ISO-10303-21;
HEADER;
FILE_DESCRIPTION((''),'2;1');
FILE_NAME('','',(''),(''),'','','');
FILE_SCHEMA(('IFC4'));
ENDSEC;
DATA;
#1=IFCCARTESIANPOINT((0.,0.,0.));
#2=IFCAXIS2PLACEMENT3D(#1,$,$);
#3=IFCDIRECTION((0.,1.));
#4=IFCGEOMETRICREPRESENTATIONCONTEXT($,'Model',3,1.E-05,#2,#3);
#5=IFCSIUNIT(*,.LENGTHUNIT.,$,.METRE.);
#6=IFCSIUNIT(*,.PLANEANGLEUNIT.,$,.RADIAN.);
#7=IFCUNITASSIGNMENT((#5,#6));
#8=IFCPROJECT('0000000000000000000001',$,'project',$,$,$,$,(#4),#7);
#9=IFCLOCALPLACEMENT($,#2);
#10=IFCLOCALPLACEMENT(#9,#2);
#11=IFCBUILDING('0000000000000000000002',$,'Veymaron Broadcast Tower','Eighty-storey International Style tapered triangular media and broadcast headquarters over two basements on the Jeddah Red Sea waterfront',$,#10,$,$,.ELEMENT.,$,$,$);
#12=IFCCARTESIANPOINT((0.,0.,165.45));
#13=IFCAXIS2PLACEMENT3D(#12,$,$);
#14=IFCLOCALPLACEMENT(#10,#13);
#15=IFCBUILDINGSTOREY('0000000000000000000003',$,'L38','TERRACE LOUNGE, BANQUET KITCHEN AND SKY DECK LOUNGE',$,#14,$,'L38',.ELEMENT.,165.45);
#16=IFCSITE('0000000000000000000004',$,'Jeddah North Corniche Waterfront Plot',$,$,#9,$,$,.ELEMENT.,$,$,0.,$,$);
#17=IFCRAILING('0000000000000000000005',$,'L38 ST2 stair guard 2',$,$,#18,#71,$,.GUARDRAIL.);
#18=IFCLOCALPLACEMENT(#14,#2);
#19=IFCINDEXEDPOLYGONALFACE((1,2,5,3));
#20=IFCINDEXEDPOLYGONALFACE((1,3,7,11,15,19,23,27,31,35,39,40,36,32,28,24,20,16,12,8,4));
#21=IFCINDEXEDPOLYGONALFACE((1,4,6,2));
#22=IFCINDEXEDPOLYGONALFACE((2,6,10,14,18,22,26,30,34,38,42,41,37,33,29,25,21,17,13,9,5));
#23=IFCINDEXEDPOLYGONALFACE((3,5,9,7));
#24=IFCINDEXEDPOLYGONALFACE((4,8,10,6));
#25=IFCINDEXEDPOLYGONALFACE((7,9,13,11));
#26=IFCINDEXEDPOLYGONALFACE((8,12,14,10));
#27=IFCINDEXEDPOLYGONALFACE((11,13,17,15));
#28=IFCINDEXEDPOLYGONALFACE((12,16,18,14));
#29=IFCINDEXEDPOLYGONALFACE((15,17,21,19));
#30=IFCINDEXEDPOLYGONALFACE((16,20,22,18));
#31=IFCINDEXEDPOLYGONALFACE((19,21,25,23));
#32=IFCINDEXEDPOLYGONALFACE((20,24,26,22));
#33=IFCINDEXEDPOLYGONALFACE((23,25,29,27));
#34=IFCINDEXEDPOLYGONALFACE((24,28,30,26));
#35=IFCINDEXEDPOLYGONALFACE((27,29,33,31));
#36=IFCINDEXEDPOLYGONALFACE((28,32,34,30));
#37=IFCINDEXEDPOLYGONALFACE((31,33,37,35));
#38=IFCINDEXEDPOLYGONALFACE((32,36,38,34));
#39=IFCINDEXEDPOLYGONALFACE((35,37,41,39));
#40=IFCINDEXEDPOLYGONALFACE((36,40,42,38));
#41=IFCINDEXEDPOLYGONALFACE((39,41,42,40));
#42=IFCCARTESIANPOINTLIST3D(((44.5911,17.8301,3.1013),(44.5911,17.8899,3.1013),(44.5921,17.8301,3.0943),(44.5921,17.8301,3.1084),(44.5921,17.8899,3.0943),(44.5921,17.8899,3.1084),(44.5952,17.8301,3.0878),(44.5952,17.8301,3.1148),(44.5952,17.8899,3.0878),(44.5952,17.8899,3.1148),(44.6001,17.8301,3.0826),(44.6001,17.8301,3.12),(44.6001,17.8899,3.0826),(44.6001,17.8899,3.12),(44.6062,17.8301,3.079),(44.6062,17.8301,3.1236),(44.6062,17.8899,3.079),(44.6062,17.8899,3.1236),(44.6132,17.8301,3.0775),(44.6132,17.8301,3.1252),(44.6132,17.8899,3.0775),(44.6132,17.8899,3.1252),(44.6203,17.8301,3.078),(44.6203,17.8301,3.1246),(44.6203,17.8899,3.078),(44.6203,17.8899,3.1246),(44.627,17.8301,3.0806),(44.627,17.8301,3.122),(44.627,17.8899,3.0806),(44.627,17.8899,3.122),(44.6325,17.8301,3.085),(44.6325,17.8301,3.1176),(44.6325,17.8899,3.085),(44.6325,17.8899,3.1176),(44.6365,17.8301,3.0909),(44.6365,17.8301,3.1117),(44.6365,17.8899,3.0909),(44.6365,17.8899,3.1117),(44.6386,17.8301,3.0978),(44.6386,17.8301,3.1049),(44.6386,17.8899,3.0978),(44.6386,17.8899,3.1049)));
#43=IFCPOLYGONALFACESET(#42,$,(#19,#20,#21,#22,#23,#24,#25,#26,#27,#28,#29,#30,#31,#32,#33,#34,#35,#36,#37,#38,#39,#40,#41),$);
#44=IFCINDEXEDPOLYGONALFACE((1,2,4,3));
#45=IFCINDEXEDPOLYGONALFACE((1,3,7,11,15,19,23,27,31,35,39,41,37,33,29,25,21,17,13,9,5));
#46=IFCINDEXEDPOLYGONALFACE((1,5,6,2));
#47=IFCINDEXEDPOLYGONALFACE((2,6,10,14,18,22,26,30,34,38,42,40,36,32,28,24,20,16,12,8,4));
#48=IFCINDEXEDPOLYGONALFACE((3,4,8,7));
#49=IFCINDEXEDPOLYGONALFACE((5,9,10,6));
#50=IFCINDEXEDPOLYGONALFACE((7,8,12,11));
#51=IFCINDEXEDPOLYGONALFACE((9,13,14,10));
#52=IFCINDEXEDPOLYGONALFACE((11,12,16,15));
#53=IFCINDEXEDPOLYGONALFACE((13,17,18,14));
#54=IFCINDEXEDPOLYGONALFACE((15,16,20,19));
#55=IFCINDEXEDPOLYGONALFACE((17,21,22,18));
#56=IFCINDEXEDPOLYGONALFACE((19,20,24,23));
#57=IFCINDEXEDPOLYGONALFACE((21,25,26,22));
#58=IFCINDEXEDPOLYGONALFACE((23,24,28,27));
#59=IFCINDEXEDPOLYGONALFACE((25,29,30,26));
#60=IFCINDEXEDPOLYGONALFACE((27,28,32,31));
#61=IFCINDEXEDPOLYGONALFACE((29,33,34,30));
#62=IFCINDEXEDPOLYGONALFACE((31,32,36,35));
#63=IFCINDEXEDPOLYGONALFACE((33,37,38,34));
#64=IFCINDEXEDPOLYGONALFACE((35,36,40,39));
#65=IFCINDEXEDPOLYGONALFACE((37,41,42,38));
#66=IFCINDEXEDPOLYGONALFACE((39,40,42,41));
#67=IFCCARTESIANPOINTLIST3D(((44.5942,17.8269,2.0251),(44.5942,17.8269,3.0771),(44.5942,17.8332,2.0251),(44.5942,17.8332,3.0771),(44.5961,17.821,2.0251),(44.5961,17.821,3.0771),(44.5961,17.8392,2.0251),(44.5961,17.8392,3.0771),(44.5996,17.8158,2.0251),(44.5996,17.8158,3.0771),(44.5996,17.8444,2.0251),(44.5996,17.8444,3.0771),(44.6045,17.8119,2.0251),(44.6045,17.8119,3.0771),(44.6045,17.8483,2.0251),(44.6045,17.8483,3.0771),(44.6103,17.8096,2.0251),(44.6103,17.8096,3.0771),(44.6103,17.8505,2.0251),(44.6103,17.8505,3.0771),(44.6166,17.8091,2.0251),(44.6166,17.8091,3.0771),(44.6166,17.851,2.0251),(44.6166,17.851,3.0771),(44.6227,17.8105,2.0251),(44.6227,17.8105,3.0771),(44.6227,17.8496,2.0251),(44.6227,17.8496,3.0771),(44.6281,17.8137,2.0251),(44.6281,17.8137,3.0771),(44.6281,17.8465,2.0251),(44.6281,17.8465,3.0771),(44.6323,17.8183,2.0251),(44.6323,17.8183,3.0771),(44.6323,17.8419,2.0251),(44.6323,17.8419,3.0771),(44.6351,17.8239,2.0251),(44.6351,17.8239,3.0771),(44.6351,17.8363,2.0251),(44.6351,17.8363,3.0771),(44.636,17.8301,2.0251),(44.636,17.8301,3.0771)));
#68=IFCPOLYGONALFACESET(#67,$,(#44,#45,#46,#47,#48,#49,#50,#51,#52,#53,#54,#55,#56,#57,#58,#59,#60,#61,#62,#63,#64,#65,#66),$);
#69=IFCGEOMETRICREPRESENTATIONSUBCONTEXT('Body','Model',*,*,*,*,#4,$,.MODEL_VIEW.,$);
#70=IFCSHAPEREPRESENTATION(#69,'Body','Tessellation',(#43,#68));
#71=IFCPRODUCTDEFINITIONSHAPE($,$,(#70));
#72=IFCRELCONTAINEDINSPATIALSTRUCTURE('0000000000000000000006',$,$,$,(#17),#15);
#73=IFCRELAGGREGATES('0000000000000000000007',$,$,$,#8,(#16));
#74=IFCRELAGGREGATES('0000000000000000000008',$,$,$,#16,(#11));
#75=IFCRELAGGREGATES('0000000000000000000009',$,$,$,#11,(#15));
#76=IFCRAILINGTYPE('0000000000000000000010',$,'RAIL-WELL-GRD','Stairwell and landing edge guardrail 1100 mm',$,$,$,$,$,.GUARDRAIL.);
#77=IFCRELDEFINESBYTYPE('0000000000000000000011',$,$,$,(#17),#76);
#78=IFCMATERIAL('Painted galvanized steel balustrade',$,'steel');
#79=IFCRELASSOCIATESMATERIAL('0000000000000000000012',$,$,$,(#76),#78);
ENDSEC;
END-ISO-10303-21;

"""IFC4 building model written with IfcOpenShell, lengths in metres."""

from ifc_helpers import new_model, si_unit, direction, frame, origin, origin_2d, place, context, subcontext, project, spatial, circle, extrude, material, type_object, element, save


model = new_model("IFC4")

# Units and contexts
model_context = context("Model", 3, precision=1e-05, world=origin(), true_north=direction((0.0, 1.0)))
body_context = subcontext(model_context, "Body", "Model", "MODEL_VIEW")
ifc_project = project(units=[si_unit("LENGTHUNIT", "METRE"), si_unit("PLANEANGLEUNIT", "RADIAN")], contexts=[model_context])

# Site, building, storey
site_placement = place(None, origin())
site = spatial("IfcSite", under=ifc_project, at=site_placement, Name="Jeddah North Corniche Waterfront Plot", CompositionType="ELEMENT", RefElevation=0.0)
building_placement = place(site_placement, origin())
building = spatial("IfcBuilding", under=site, at=building_placement, Name="Veymaron Broadcast Tower", Description="Eighty-storey International Style tapered triangular media and broadcast headquarters over two basements on the Jeddah Red Sea waterfront", CompositionType="ELEMENT")
storey_placement = place(building_placement, frame((0.0, 0.0, 165.45)))
storey = spatial("IfcBuildingStorey", under=building, at=storey_placement, Name="L38", Description="TERRACE LOUNGE, BANQUET KITCHEN AND SKY DECK LOUNGE", LongName="L38", CompositionType="ELEMENT", Elevation=165.45)

# Railing
ifc_material_1 = material(Name="Painted galvanized steel balustrade", Category="steel")
railing_type_1 = type_object("IfcRailingType", Name="RAIL-WELL-GRD", Description="Stairwell and landing edge guardrail 1100 mm", PredefinedType="GUARDRAIL", material=ifc_material_1)
railing_1_placement = place(storey_placement, frame((44.615, 17.8301, 2.0251)))
element("IfcRailing", 1, at=railing_1_placement, inside=storey, type_object=railing_type_1, Name="L38 ST2 stair guard 2", PredefinedType="GUARDRAIL", context=body_context, shape_type="SweptSolid", body=[
    extrude(circle(Radius=0.0239, at=origin_2d()), frame((0.0, 0.0, 1.0762), z_axis=(0.0, 1.0, 0.0), x_axis=(-1.0, 0.0, 0.0)), (0.0, 0.0, 1.0), 0.0598),
    extrude(circle(Radius=0.021, at=origin_2d()), origin(), (0.0, 0.0, 1.0), 1.052),
])

save(model, "model.ifc")
